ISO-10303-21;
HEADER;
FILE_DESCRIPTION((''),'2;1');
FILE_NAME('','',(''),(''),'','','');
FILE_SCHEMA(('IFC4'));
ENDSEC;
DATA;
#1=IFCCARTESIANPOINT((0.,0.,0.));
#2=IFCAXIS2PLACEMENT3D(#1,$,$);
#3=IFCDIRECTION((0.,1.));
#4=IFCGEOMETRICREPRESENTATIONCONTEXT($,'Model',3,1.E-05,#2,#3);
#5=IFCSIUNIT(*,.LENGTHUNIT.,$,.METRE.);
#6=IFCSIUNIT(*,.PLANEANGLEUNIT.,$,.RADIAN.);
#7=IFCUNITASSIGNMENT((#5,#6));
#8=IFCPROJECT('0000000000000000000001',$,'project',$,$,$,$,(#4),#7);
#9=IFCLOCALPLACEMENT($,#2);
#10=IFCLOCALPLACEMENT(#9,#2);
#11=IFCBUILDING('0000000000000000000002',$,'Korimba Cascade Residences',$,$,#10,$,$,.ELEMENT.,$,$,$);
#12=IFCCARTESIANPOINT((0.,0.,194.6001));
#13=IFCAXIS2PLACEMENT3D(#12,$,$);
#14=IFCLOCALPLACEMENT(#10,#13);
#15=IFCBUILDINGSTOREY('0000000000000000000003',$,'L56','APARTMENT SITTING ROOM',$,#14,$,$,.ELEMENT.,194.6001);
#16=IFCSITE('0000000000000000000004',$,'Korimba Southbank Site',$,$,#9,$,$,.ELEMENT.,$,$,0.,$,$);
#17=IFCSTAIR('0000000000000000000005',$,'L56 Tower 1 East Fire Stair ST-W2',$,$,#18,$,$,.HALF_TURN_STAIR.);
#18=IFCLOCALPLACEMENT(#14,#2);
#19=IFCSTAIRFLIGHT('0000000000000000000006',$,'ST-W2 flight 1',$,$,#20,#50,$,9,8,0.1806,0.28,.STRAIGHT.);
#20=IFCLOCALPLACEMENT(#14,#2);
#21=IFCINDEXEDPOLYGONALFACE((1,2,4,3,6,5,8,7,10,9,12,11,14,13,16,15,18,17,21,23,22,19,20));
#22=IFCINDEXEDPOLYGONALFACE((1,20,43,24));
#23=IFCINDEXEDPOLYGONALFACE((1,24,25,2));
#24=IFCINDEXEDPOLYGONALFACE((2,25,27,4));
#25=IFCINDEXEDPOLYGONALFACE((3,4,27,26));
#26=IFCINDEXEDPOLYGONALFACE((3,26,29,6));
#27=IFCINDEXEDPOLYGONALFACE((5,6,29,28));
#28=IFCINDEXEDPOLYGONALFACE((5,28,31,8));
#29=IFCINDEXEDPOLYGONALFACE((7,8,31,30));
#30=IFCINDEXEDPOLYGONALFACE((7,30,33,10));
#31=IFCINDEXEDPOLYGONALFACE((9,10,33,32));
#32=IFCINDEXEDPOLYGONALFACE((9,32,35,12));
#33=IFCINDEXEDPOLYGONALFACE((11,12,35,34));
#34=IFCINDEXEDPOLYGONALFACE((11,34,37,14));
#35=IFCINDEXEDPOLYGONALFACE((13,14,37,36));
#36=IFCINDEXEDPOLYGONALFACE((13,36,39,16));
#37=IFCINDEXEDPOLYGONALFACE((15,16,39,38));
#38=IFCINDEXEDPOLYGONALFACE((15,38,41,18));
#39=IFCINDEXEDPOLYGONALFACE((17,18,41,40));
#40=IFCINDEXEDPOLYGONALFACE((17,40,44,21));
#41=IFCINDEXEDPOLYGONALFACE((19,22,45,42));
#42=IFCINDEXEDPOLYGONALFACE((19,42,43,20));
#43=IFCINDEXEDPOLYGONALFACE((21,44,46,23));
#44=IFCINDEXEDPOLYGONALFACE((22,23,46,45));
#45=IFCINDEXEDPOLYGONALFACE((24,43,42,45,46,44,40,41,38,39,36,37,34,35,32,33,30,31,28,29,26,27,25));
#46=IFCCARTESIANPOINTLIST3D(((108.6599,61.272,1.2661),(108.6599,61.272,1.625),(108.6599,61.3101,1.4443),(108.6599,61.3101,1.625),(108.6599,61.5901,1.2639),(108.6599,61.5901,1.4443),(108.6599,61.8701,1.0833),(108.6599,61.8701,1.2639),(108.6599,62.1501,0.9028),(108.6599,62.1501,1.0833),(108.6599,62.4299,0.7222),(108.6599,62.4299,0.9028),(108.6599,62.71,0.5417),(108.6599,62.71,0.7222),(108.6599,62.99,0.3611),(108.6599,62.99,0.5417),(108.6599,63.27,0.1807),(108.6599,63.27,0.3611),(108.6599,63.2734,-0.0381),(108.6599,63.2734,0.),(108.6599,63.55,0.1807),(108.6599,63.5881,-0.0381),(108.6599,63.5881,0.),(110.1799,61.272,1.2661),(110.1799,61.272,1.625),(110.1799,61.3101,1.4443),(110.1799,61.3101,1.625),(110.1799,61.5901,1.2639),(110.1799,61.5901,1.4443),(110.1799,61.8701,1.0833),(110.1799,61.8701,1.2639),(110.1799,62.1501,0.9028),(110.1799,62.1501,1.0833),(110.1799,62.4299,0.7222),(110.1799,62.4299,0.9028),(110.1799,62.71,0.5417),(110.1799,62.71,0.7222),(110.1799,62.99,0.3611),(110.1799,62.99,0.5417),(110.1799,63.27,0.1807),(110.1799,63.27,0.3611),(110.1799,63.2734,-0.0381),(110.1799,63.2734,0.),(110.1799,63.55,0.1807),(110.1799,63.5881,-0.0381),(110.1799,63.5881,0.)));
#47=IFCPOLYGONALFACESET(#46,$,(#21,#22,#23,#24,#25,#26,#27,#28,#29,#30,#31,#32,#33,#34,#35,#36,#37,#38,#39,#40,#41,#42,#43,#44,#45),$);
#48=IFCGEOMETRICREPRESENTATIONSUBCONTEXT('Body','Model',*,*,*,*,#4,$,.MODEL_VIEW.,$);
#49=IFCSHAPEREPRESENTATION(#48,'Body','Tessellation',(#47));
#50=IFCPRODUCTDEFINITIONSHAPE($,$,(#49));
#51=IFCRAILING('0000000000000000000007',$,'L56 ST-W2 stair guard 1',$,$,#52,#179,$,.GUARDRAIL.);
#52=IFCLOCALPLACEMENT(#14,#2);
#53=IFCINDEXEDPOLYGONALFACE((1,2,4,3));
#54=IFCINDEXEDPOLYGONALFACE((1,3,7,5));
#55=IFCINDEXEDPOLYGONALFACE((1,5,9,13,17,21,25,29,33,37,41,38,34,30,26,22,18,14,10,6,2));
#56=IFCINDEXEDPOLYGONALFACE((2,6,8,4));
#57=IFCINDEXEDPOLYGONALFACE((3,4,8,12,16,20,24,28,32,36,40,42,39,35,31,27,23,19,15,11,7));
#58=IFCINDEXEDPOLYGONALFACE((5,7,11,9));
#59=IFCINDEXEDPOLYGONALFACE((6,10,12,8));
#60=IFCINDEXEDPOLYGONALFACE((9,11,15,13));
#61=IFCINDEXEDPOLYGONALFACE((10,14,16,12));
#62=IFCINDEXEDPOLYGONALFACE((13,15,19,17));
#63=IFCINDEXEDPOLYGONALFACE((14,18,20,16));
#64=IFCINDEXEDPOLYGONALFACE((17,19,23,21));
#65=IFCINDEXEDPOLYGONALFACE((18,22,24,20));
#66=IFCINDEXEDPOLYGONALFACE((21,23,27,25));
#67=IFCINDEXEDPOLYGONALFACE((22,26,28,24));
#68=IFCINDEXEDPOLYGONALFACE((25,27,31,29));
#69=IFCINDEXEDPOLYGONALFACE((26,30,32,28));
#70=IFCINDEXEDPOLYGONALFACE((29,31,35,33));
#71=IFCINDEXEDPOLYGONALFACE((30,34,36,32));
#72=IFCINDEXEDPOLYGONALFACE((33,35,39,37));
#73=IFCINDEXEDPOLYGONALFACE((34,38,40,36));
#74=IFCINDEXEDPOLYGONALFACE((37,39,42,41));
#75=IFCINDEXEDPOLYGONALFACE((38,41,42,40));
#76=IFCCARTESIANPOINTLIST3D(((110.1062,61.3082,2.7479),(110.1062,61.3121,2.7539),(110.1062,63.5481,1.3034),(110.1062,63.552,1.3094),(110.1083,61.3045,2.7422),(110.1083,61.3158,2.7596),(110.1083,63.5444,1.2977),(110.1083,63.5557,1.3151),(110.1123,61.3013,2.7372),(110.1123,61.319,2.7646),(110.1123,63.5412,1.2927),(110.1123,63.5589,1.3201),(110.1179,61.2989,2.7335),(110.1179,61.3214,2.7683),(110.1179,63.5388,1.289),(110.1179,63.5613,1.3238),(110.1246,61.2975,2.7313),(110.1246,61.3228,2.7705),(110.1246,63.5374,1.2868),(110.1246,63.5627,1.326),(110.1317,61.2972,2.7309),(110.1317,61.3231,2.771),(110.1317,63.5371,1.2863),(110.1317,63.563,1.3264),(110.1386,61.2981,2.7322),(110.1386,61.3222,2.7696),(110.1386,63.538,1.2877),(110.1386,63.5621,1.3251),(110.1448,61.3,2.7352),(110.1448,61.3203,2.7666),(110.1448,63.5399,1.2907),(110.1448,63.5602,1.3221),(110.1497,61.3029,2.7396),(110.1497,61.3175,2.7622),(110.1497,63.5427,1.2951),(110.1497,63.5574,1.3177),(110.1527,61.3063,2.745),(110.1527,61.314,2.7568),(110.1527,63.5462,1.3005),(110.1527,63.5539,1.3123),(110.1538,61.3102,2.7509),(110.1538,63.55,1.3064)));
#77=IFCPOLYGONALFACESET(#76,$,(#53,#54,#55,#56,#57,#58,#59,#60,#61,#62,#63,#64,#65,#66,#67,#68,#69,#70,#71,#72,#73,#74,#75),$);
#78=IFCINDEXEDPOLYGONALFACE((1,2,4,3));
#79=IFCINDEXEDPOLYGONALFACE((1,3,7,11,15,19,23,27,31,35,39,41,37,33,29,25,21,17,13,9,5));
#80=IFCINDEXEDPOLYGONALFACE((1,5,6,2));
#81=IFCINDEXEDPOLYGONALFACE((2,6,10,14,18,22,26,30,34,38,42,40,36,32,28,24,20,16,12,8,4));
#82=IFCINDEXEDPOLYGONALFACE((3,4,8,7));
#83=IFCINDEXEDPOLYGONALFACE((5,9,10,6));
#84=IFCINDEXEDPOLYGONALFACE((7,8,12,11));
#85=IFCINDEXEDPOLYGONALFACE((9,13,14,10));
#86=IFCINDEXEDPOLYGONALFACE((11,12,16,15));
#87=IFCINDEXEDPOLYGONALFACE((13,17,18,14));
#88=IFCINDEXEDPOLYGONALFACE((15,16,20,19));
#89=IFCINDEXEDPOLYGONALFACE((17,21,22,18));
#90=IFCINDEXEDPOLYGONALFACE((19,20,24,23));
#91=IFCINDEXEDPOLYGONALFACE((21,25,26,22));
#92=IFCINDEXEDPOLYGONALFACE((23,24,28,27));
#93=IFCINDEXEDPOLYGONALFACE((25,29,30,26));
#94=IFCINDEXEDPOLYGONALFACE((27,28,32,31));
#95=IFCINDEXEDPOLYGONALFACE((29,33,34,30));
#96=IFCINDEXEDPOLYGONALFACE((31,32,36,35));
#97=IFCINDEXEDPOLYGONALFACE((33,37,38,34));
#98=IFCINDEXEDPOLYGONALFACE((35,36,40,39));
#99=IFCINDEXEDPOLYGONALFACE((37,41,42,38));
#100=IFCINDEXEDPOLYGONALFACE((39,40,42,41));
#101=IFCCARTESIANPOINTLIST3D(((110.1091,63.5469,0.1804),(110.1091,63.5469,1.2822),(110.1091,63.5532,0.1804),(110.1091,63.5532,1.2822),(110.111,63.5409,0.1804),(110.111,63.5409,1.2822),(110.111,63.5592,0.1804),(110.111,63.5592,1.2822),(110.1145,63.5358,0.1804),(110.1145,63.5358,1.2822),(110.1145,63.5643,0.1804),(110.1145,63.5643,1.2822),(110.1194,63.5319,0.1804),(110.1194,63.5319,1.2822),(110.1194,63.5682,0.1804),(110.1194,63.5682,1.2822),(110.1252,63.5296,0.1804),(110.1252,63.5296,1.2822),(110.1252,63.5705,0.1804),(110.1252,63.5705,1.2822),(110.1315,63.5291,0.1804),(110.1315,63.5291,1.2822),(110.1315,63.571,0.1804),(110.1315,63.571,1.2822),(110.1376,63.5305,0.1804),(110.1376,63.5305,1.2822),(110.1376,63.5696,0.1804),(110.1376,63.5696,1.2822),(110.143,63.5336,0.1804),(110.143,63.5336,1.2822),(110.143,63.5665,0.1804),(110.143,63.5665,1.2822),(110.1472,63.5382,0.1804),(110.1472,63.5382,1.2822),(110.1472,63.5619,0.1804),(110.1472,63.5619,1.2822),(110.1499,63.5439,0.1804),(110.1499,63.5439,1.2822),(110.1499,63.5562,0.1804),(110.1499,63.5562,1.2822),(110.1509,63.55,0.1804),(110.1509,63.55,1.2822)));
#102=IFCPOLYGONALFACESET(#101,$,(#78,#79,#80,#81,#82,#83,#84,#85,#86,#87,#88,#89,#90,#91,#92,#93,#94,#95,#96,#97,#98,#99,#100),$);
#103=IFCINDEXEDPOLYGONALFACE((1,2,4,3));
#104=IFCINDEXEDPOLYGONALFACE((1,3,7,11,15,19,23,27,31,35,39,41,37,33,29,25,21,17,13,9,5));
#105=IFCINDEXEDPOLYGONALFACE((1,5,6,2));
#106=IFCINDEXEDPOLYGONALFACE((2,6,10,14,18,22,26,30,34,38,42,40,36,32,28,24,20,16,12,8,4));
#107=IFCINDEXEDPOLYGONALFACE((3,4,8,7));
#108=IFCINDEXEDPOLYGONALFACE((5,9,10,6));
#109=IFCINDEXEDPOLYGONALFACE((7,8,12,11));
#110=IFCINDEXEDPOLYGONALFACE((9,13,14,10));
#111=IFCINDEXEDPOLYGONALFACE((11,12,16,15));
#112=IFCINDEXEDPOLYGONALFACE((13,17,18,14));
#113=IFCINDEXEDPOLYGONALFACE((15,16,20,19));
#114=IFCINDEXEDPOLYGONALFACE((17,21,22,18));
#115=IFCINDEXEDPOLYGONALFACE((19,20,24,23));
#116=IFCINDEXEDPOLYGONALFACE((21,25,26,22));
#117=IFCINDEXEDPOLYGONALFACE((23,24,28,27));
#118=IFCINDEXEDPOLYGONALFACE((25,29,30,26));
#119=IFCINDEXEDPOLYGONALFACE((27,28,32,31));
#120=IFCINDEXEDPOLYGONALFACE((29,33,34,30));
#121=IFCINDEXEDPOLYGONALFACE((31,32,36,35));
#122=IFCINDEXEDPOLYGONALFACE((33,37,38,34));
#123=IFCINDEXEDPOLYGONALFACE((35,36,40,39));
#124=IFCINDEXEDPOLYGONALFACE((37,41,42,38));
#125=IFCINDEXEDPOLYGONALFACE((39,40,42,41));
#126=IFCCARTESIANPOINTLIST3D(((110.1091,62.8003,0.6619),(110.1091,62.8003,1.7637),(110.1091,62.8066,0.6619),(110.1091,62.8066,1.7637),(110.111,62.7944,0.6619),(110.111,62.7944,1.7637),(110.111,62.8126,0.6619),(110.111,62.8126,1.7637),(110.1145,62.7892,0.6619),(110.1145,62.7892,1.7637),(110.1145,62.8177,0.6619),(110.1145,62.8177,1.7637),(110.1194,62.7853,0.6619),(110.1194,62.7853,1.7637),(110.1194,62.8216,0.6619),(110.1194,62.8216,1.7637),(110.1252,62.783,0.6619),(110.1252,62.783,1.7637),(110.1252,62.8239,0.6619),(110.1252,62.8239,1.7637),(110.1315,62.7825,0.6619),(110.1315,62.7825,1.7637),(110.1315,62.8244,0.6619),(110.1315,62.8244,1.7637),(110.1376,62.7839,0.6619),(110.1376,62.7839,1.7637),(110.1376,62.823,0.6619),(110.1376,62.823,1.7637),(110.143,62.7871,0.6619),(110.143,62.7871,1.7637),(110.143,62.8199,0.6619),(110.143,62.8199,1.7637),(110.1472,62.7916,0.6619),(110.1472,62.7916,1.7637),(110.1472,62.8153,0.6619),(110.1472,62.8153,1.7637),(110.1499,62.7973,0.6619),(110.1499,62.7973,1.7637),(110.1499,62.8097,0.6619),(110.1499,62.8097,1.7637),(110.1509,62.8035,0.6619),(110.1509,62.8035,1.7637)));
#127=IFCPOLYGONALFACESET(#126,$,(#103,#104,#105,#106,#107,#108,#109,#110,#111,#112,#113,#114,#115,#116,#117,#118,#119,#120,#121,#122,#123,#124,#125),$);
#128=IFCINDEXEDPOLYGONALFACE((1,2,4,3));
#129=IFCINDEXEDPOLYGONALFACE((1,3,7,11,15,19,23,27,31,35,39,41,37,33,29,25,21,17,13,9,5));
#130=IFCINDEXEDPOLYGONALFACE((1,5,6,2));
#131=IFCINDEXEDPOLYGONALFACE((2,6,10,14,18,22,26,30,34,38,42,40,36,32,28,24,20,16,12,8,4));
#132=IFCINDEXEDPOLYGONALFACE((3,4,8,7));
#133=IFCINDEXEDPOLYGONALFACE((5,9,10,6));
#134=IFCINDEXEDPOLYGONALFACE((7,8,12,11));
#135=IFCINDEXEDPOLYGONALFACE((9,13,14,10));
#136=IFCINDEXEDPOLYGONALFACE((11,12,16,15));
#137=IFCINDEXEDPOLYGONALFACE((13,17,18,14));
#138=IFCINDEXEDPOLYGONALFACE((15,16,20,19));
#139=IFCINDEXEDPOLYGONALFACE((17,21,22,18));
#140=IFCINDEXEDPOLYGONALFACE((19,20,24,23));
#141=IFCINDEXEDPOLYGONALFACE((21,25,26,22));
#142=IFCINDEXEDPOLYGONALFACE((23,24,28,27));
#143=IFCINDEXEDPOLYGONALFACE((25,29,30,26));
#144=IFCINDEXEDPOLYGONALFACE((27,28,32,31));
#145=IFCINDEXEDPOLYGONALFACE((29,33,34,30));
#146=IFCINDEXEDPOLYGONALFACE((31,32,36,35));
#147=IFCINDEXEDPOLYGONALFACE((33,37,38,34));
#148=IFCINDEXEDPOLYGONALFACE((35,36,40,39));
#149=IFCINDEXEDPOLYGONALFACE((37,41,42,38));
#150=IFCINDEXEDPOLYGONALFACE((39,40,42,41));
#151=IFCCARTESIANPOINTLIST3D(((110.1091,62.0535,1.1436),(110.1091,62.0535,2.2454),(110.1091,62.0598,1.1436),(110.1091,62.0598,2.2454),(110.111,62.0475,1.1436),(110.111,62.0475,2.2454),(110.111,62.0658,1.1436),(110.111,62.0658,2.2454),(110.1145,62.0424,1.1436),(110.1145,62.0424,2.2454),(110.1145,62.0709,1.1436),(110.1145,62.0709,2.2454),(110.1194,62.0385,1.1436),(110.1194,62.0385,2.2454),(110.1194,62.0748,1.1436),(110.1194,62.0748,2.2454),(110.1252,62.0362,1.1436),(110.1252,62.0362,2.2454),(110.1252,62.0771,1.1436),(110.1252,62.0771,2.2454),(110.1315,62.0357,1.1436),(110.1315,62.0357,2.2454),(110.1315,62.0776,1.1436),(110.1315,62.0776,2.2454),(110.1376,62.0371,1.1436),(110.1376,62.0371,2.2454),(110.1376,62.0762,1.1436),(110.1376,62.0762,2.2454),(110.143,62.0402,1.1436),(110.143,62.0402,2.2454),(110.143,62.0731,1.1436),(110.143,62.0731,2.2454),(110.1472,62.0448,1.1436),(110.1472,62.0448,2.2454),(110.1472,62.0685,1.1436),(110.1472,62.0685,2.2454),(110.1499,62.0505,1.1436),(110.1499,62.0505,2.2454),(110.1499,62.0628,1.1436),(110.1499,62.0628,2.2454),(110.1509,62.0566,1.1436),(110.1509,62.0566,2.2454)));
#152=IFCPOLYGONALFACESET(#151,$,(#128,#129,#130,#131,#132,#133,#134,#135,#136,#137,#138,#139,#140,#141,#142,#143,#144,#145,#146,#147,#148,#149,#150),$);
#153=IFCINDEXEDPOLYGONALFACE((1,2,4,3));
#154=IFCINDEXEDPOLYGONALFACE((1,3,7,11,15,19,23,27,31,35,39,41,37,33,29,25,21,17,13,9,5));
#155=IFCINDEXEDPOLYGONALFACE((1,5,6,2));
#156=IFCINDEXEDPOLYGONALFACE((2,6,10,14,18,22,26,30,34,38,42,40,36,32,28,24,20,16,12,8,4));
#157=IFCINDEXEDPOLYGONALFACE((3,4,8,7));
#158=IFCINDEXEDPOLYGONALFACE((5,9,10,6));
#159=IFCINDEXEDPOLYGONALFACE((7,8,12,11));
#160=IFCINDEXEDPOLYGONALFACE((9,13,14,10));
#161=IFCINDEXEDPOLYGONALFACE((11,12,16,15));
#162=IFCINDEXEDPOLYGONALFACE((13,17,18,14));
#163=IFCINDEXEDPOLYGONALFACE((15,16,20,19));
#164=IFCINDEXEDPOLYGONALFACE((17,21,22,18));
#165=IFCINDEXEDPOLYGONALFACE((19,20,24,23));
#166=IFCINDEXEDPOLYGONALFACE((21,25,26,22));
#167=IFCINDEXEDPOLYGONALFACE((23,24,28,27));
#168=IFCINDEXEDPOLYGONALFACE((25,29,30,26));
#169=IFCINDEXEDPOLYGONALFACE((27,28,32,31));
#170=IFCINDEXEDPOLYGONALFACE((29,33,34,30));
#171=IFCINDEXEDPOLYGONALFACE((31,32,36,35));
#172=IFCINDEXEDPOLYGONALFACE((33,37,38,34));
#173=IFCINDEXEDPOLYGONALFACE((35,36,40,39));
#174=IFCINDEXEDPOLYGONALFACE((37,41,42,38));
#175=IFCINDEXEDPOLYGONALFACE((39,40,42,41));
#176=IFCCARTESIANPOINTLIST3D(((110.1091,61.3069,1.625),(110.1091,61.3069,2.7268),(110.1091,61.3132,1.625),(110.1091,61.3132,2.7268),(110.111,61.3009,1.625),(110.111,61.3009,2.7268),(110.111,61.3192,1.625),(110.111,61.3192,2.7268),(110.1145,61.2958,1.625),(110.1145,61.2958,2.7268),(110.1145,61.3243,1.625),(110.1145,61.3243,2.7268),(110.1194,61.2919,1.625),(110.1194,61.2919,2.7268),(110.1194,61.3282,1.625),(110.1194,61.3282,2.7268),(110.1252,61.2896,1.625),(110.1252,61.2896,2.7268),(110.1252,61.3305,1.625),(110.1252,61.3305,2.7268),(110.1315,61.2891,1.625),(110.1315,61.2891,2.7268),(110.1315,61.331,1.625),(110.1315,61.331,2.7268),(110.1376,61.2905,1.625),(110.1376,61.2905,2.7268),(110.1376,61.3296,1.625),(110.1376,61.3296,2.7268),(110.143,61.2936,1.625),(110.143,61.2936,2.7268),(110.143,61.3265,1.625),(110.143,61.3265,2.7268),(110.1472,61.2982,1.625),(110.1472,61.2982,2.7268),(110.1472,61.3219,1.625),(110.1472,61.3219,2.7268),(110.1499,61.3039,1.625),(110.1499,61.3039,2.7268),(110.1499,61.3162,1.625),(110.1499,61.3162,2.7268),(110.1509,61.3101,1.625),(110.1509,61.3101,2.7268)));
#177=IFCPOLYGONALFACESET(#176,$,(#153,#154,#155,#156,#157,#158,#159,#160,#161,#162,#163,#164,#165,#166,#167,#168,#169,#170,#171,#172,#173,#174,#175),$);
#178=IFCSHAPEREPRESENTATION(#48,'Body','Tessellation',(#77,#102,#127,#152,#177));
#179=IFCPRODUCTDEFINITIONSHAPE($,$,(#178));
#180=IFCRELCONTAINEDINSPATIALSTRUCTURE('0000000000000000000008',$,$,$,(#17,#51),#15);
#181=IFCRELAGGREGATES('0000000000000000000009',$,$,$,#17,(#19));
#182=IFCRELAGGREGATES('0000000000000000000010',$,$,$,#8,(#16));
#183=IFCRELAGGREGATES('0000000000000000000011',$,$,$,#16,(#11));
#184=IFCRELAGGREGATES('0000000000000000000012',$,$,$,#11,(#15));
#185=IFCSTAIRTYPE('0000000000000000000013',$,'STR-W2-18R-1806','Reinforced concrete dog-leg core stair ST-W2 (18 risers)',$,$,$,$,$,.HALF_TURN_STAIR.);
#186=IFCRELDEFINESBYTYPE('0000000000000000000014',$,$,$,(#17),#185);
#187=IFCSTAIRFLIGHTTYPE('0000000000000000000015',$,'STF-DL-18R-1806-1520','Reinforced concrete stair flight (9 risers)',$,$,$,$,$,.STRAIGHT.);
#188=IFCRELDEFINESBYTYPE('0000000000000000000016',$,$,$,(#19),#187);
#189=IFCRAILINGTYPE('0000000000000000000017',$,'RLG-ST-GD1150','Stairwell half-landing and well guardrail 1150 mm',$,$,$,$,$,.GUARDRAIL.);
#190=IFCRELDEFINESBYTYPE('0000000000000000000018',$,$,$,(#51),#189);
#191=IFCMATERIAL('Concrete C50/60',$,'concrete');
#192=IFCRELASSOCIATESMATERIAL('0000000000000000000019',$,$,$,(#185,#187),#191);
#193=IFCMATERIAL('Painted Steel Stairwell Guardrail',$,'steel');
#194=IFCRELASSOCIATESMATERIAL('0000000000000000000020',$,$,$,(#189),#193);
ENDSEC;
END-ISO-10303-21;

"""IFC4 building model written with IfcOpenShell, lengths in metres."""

from ifc_helpers import new_model, si_unit, direction, frame, origin, origin_2d, place, context, subcontext, project, spatial, polyline, circle, outline, extrude, material, type_object, element, aggregate, save


model = new_model("IFC4")

# Units and contexts
model_context = context("Model", 3, precision=1e-05, world=origin(), true_north=direction((0.0, 1.0)))
body_context = subcontext(model_context, "Body", "Model", "MODEL_VIEW")
ifc_project = project(units=[si_unit("LENGTHUNIT", "METRE"), si_unit("PLANEANGLEUNIT", "RADIAN")], contexts=[model_context])

# Site, building, storey
site_placement = place(None, origin())
site = spatial("IfcSite", under=ifc_project, at=site_placement, Name="Korimba Southbank Site", CompositionType="ELEMENT", RefElevation=0.0)
building_placement = place(site_placement, origin())
building = spatial("IfcBuilding", under=site, at=building_placement, Name="Korimba Cascade Residences", CompositionType="ELEMENT")
storey_placement = place(building_placement, frame((0.0, 0.0, 194.6001)))
storey = spatial("IfcBuildingStorey", under=building, at=storey_placement, Name="L56", Description="APARTMENT SITTING ROOM", CompositionType="ELEMENT", Elevation=194.6001)

# Shared definitions
ifc_material_1 = material(Name="Concrete C50/60", Category="concrete")

# Stair, stair flight
stair_type = type_object("IfcStairType", Name="STR-W2-18R-1806", Description="Reinforced concrete dog-leg core stair ST-W2 (18 risers)", PredefinedType="HALF_TURN_STAIR", material=ifc_material_1)
stair_placement = place(storey_placement, origin())
stair = element("IfcStair", 1, at=stair_placement, inside=storey, type_object=stair_type, Name="L56 Tower 1 East Fire Stair ST-W2", PredefinedType="HALF_TURN_STAIR")
stair_flight_type = type_object("IfcStairFlightType", Name="STF-DL-18R-1806-1520", Description="Reinforced concrete stair flight (9 risers)", PredefinedType="STRAIGHT", material=ifc_material_1)
stair_flight_placement = place(storey_placement, frame((109.4199, 63.55, 0.0), z_axis=(0.0, 0.0, 1.0), x_axis=(0.0, -1.0, 0.0)))
stair_flight = element("IfcStairFlight", 2, at=stair_flight_placement, type_object=stair_flight_type, Name="ST-W2 flight 1", NumberOfRisers=9, NumberOfTreads=8, PredefinedType="STRAIGHT", RiserHeight=0.1806, TreadLength=0.28, context=body_context, shape_type="SweptSolid", body=[
    extrude(outline(polyline([(-0.0381, 0.0), (0.0, 0.1807), (0.28, 0.1807), (0.28, 0.3611), (0.5601, 0.3611), (0.5601, 0.5417), (0.8401, 0.5417), (0.8401, 0.7222), (1.1201, 0.7222), (1.1201, 0.9028), (1.3999, 0.9028), (1.3999, 1.0833), (1.6799, 1.0833), (1.6799, 1.2639), (1.96, 1.2639), (1.96, 1.4443), (2.24, 1.4443), (2.24, 1.625), (2.2781, 1.625), (2.2781, 1.2661), (0.2766, 0.0), (0.2766, -0.0381), (-0.0381, -0.0381), (-0.0381, 0.0)])), frame((0.0, 0.76, 0.0), z_axis=(0.0, -1.0, 0.0), x_axis=(1.0, 0.0, 0.0)), (0.0, 0.0, 1.0), 1.52),
])
aggregate(stair, [stair_flight])

# Railing
ifc_material_2 = material(Name="Painted Steel Stairwell Guardrail", Category="steel")
railing_type_1 = type_object("IfcRailingType", Name="RLG-ST-GD1150", Description="Stairwell half-landing and well guardrail 1150 mm", PredefinedType="GUARDRAIL", material=ifc_material_2)
railing_1_placement = place(storey_placement, frame((110.1299, 63.55, 0.1804)))
element("IfcRailing", 3, at=railing_1_placement, inside=storey, type_object=railing_type_1, Name="L56 ST-W2 stair guard 1", PredefinedType="GUARDRAIL", context=body_context, shape_type="SweptSolid", body=[
    extrude(circle(Radius=0.0239, at=origin_2d()), frame((0.0, 0.0, 1.126), z_axis=(0.0, -0.840395, 0.541975), x_axis=(1.0, 0.0, 0.0)), (0.0, 0.0, 1.0), 2.6653),
    extrude(circle(Radius=0.021, at=origin_2d()), origin(), (0.0, 0.0, 1.0), 1.1018),
    extrude(circle(Radius=0.021, at=origin_2d()), frame((0.0, -0.7466, 0.4814)), (0.0, 0.0, 1.0), 1.1018),
    extrude(circle(Radius=0.021, at=origin_2d()), frame((0.0, -1.4934, 0.9631)), (0.0, 0.0, 1.0), 1.1018),
    extrude(circle(Radius=0.021, at=origin_2d()), frame((0.0, -2.24, 1.4446)), (0.0, 0.0, 1.0), 1.1018),
])

save(model, "model.ifc")
